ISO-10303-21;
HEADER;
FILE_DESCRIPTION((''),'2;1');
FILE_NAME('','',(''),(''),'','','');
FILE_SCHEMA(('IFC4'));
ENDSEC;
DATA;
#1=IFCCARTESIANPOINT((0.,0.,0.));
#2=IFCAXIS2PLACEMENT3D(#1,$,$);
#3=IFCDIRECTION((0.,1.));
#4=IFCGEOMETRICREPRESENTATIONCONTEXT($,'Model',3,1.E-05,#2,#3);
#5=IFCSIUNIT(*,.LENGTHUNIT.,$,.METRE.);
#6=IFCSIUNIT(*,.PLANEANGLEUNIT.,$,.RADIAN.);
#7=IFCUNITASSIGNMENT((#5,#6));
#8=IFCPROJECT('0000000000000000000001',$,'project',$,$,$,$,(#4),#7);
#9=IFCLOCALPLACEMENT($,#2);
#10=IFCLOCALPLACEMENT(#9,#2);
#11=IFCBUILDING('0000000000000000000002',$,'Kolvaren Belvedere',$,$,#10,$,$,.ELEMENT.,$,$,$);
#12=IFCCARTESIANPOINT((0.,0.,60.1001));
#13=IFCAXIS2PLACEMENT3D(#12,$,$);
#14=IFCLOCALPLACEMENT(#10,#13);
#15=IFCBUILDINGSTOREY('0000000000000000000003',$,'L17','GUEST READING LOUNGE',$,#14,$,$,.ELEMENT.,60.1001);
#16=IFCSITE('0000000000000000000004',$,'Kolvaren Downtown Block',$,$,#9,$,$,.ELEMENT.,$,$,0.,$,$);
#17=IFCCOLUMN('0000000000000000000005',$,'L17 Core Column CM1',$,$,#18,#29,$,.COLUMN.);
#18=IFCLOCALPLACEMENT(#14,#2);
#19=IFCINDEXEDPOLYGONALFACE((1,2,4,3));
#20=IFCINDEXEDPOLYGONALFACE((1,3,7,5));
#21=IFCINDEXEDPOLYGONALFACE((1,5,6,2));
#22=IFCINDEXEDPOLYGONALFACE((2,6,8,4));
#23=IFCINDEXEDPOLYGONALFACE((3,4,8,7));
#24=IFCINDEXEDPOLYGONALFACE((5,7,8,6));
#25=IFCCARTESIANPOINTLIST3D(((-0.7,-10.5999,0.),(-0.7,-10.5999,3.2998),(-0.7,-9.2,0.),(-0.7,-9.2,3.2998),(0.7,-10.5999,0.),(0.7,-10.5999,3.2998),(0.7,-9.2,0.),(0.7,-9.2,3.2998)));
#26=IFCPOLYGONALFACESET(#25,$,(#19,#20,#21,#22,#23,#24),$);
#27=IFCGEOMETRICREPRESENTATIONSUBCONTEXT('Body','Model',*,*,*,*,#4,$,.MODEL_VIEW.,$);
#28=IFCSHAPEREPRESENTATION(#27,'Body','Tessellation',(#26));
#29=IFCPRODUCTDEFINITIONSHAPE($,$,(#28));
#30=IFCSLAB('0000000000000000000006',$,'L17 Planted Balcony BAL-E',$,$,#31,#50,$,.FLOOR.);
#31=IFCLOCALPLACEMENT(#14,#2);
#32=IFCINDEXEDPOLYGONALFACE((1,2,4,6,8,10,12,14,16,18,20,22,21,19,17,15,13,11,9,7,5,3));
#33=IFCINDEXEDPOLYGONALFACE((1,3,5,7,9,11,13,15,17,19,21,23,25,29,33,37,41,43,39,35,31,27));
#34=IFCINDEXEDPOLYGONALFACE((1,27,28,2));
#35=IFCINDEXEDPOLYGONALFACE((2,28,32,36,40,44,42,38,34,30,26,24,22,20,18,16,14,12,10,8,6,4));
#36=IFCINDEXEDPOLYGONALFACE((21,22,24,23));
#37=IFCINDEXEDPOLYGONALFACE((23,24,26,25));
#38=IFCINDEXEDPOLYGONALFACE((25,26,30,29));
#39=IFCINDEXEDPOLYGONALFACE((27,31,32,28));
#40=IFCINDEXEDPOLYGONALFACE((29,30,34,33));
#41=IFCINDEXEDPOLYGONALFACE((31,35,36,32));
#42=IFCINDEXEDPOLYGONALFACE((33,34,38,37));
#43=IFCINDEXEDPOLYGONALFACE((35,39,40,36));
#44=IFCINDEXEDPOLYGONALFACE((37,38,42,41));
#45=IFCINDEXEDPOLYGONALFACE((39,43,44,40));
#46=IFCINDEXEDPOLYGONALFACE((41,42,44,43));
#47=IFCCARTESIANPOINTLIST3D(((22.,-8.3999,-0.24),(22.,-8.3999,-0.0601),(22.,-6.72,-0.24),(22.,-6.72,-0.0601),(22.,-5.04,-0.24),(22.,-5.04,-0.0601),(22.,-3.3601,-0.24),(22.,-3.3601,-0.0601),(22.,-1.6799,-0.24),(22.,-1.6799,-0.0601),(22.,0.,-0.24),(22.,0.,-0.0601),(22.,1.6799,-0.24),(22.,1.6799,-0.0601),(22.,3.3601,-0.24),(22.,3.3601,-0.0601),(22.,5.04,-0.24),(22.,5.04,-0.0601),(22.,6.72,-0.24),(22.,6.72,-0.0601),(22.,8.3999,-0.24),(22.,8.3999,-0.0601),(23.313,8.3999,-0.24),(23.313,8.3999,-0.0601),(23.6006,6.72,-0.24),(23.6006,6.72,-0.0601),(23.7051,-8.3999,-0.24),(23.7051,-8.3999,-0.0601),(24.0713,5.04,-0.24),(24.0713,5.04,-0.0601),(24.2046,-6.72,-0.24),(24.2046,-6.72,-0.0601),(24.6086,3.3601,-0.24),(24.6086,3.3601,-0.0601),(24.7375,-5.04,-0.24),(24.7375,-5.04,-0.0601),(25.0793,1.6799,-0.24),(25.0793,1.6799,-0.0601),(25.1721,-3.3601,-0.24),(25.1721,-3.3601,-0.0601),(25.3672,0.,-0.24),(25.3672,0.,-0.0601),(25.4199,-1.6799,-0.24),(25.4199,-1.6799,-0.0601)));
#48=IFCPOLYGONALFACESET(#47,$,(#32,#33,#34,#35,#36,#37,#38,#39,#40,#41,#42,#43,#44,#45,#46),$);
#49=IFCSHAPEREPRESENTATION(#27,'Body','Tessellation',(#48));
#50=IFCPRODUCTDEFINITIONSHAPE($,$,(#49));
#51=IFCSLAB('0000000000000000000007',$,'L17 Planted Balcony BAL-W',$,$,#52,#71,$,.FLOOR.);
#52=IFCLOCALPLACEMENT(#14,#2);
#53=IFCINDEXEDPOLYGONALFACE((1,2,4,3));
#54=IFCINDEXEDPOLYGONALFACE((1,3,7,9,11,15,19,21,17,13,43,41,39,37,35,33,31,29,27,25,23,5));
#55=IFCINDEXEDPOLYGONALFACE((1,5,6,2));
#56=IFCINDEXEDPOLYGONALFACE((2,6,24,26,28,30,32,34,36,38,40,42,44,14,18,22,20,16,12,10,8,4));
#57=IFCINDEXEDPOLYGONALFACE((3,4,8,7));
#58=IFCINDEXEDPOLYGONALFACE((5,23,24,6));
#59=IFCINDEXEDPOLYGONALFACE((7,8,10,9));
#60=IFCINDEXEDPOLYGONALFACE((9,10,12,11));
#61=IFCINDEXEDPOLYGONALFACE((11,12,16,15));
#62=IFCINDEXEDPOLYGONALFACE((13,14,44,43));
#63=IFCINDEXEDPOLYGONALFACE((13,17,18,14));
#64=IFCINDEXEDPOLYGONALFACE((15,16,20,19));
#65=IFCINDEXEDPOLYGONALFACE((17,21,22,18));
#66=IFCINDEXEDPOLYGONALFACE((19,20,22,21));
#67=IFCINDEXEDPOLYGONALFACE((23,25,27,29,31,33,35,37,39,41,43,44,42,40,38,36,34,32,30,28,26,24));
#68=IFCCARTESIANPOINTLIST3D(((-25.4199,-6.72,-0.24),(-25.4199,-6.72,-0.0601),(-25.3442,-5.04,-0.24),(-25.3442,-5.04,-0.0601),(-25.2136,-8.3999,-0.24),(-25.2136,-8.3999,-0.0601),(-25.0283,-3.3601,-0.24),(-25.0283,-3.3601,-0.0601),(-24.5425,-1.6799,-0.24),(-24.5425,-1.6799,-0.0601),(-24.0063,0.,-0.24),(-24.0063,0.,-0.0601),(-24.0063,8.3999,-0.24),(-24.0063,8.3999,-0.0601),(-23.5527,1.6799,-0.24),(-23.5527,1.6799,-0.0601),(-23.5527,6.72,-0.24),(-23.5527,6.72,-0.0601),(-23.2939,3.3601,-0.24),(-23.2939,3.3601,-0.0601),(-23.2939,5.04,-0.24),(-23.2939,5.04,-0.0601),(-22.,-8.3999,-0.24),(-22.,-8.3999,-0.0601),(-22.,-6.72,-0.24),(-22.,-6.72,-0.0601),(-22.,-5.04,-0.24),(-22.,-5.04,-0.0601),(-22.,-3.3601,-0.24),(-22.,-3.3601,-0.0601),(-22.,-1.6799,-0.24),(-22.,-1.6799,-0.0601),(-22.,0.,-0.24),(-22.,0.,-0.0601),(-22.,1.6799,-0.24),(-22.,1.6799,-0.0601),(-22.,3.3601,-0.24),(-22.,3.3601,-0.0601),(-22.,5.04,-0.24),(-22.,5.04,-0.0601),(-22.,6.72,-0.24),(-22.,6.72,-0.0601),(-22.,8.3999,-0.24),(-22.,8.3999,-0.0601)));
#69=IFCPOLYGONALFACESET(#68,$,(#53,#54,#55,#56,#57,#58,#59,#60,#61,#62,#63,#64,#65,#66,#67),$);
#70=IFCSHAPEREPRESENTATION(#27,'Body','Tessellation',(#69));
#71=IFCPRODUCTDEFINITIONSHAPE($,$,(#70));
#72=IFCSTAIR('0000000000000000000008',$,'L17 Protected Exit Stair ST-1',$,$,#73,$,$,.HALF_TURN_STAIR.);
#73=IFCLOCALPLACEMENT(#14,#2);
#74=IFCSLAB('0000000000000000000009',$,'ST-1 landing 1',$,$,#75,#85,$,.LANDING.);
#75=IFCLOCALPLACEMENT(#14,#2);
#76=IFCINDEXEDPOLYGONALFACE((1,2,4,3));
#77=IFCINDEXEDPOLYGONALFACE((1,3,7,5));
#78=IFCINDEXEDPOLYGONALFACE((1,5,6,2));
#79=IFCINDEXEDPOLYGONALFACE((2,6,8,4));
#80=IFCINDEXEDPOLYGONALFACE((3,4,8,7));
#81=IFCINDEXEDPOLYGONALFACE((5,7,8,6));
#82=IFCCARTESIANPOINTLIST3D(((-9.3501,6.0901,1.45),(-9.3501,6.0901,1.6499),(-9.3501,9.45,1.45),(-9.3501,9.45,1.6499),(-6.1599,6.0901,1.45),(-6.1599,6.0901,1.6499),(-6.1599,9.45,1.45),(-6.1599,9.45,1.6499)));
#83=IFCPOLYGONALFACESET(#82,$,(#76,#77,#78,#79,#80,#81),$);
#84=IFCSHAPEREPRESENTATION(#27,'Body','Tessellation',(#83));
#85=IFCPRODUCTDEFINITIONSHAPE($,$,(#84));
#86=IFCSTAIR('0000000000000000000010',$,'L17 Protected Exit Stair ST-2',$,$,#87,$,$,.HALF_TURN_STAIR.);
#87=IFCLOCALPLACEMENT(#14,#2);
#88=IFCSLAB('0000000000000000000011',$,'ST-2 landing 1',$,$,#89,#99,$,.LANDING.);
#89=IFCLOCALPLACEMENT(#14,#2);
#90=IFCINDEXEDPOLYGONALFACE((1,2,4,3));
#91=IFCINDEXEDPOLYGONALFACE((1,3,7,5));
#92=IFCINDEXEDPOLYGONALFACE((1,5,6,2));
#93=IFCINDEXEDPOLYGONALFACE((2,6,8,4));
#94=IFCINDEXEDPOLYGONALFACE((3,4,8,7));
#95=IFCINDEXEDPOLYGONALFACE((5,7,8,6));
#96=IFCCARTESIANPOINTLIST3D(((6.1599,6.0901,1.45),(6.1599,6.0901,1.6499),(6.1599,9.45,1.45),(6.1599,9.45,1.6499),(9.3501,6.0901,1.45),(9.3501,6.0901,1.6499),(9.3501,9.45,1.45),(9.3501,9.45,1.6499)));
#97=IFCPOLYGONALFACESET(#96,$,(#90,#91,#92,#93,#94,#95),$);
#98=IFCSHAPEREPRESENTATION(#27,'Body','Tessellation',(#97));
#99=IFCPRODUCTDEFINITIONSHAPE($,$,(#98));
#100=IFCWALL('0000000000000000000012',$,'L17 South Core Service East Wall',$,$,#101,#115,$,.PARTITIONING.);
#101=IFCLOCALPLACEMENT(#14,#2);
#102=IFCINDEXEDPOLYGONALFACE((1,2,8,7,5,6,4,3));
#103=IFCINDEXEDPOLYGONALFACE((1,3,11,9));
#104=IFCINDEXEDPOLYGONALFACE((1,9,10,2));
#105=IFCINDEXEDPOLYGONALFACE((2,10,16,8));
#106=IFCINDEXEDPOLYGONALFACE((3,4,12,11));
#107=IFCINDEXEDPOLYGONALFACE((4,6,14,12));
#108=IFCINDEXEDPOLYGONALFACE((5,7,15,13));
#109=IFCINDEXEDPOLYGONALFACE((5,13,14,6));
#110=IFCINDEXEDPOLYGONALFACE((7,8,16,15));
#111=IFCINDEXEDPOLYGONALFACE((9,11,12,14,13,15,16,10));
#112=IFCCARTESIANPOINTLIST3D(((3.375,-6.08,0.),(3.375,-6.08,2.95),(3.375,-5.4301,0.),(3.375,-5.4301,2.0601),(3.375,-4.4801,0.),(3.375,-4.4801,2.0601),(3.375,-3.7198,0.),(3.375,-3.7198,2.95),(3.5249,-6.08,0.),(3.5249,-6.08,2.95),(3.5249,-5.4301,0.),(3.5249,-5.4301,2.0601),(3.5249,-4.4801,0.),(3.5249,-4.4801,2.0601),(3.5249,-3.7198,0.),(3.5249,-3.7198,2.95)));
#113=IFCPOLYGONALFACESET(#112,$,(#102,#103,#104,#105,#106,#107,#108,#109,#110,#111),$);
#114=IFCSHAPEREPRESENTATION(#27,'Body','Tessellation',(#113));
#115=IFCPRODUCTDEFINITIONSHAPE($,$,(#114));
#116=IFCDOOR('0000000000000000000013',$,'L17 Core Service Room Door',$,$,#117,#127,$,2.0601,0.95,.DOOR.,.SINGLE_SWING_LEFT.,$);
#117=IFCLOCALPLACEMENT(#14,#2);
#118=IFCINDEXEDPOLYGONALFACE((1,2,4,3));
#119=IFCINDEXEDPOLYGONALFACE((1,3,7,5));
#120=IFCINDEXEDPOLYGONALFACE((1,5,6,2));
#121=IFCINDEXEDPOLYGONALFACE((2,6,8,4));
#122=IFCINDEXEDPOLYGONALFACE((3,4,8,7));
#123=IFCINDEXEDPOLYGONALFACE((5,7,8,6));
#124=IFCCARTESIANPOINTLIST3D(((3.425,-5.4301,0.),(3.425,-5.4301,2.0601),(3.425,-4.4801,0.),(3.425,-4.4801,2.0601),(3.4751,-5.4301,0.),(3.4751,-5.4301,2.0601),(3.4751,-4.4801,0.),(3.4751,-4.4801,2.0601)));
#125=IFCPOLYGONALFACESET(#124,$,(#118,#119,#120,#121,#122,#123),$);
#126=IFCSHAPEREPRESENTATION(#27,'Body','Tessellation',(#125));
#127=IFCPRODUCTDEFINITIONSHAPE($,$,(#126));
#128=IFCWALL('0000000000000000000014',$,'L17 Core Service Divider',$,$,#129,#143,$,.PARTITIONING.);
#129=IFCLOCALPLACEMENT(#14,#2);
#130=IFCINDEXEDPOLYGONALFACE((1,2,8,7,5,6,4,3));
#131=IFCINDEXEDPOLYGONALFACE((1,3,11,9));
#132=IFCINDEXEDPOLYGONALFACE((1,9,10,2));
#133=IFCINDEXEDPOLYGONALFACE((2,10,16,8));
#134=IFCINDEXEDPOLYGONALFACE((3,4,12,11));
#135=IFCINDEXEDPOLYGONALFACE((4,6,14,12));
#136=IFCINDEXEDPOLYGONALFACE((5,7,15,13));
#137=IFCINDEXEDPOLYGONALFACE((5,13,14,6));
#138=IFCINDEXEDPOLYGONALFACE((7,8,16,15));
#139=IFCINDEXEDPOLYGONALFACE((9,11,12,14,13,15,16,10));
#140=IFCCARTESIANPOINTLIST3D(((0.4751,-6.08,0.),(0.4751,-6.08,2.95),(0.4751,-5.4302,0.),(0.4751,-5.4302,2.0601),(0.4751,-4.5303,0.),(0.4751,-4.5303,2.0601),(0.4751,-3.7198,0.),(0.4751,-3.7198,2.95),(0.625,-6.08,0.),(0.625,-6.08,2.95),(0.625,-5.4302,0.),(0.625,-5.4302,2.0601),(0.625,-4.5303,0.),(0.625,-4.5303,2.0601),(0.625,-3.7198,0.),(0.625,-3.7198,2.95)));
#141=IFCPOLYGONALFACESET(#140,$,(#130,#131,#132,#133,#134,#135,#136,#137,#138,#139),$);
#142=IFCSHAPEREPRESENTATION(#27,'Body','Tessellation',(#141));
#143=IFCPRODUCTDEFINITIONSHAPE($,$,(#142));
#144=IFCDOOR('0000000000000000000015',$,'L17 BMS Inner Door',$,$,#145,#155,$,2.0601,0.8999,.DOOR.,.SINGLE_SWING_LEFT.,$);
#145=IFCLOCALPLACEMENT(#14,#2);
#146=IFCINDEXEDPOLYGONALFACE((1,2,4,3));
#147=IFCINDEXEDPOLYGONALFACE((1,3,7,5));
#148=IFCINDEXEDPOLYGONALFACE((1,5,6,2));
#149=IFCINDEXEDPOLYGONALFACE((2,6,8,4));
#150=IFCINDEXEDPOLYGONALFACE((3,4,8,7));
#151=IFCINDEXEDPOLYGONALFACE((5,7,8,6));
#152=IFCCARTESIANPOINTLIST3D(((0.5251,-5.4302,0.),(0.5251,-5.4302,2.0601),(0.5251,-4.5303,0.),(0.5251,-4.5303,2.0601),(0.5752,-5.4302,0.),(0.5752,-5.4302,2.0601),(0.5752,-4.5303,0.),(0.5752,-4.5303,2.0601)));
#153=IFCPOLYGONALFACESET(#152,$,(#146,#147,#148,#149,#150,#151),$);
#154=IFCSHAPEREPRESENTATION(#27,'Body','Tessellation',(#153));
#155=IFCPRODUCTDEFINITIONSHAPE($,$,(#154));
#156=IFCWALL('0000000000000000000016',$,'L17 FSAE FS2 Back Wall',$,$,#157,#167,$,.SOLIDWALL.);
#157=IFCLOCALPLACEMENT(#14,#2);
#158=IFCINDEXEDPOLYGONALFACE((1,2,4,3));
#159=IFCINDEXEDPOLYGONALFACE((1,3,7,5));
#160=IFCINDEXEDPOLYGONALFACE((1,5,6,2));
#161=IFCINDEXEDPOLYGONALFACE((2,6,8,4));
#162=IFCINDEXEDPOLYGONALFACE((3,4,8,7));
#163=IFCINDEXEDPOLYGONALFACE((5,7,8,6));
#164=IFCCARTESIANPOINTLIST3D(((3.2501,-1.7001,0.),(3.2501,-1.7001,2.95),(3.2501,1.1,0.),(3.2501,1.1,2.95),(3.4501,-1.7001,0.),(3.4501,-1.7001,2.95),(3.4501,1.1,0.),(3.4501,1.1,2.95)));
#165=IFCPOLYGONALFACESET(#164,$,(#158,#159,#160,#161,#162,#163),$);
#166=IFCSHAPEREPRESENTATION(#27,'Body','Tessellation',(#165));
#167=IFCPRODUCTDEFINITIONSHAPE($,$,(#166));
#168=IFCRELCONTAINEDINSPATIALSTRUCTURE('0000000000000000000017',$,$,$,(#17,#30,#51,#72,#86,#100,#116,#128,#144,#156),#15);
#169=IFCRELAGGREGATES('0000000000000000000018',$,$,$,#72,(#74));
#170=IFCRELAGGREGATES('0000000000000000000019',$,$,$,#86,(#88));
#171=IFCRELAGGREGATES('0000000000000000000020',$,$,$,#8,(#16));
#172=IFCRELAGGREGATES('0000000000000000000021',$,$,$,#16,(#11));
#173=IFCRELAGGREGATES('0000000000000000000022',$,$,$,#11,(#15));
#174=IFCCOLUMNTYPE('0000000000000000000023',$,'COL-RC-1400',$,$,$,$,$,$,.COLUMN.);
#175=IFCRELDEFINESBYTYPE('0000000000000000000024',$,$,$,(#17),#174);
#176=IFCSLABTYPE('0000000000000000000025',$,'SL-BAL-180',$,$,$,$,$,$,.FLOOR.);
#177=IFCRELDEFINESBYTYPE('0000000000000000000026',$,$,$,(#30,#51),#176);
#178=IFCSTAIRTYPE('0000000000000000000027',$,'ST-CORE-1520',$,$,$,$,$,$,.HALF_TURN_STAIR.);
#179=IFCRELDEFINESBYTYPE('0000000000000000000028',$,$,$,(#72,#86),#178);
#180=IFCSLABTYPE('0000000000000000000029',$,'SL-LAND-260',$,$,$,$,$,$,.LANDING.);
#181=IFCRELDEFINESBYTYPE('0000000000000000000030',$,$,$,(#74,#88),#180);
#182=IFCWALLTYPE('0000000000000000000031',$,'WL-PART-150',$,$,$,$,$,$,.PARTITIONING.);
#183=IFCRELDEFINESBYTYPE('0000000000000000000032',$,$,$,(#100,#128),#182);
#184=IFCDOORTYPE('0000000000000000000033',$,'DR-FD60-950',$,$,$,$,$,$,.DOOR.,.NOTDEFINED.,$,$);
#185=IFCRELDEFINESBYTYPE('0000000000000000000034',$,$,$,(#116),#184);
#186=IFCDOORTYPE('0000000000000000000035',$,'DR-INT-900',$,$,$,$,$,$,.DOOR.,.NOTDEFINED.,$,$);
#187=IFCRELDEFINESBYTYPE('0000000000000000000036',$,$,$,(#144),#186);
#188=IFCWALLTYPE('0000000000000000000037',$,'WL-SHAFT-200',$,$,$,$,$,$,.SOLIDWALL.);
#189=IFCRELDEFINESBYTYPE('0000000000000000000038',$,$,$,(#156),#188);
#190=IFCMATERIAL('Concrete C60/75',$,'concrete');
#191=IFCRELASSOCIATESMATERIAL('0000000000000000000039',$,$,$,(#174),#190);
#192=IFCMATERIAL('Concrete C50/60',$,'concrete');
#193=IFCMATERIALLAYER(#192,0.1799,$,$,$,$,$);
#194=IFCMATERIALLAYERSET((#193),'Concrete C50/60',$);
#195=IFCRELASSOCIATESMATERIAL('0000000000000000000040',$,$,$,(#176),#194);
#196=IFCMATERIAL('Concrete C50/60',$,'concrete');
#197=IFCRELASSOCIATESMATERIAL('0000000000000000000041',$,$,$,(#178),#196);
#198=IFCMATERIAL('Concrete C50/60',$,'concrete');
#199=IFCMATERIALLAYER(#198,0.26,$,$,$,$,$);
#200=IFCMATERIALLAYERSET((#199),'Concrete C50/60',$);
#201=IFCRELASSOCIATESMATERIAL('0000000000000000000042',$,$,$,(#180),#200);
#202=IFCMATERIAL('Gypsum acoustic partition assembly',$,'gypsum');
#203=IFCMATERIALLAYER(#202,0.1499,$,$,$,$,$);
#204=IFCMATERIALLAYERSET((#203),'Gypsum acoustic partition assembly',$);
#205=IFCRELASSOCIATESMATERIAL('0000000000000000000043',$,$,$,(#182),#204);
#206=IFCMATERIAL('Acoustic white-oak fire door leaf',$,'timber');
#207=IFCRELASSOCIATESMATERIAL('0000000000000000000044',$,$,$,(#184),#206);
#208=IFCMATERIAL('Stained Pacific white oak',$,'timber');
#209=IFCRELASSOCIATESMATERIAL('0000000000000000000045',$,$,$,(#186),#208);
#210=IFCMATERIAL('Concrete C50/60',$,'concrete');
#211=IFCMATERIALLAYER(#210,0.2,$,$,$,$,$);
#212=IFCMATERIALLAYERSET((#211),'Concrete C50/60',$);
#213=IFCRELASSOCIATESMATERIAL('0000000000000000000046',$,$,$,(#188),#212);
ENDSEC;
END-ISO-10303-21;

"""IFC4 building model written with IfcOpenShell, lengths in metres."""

from ifc_helpers import new_model, si_unit, direction, frame, frame_2d, origin, origin_2d, place, context, subcontext, project, spatial, polyline, rectangle, outline, extrude, material, layer, layer_set, material_profile, profile_set, type_object, element, fill, aggregate, save


model = new_model("IFC4")

# Units and contexts
model_context = context("Model", 3, precision=1e-05, world=origin(), true_north=direction((0.0, 1.0)))
body_context = subcontext(model_context, "Body", "Model", "MODEL_VIEW")
ifc_project = project(units=[si_unit("LENGTHUNIT", "METRE"), si_unit("PLANEANGLEUNIT", "RADIAN")], contexts=[model_context])

# Site, building, storey
site_placement = place(None, origin())
site = spatial("IfcSite", under=ifc_project, at=site_placement, Name="Kolvaren Downtown Block", CompositionType="ELEMENT", RefElevation=0.0)
building_placement = place(site_placement, origin())
building = spatial("IfcBuilding", under=site, at=building_placement, Name="Kolvaren Belvedere", CompositionType="ELEMENT")
storey_placement = place(building_placement, frame((0.0, 0.0, 60.1001)))
storey = spatial("IfcBuildingStorey", under=building, at=storey_placement, Name="L17", Description="GUEST READING LOUNGE", CompositionType="ELEMENT", Elevation=60.1001)

# Column
ifc_material_1 = material(Name="Concrete C60/75", Category="concrete")
ifc_material_profile = material_profile(ifc_material_1, rectangle(XDim=1.3999, YDim=1.3999, at=origin_2d()), Name="RC 1400X1400")
ifc_profile_set = profile_set([ifc_material_profile], Name="Concrete C60/75")
column_type = type_object("IfcColumnType", Name="COL-RC-1400", PredefinedType="COLUMN", material=ifc_profile_set)
column_placement = place(storey_placement, frame((0.0, -9.8999, 0.0), z_axis=(0.0, 0.0, 1.0), x_axis=(1.0, 0.0, 0.0)))
element("IfcColumn", 1, at=column_placement, inside=storey, type_object=column_type, Name="L17 Core Column CM1", PredefinedType="COLUMN", context=body_context, shape_type="SweptSolid", body=[
    extrude(rectangle(XDim=1.3999, YDim=1.3999, at=origin_2d()), origin(), (0.0, 0.0, 1.0), 3.2998),
])

# Slabs
ifc_material_2 = material(Name="Concrete C50/60", Category="concrete")
ifc_layer_1 = layer(ifc_material_2, 0.1799)
ifc_layer_set_1 = layer_set([ifc_layer_1], Name="Concrete C50/60")
slab_type_1 = type_object("IfcSlabType", Name="SL-BAL-180", PredefinedType="FLOOR", material=ifc_layer_set_1)
slab_1_placement = place(storey_placement, frame((0.0, 0.0, -0.24)))
element("IfcSlab", 2, at=slab_1_placement, inside=storey, type_object=slab_type_1, Name="L17 Planted Balcony BAL-E", PredefinedType="FLOOR", context=body_context, shape_type="SweptSolid", body=[
    extrude(outline(polyline([(23.7051, -8.3999), (24.2046, -6.72), (24.7375, -5.04), (25.1721, -3.3601), (25.4199, -1.6799), (25.3672, 0.0), (25.0793, 1.6799), (24.6086, 3.3601), (24.0713, 5.04), (23.6006, 6.72), (23.313, 8.3999), (22.0, 8.3999), (22.0, 6.72), (22.0, 5.04), (22.0, 3.3601), (22.0, 1.6799), (22.0, 0.0), (22.0, -1.6799), (22.0, -3.3601), (22.0, -5.04), (22.0, -6.72), (22.0, -8.3999), (23.7051, -8.3999)])), origin(), (0.0, 0.0, 1.0), 0.1799),
])
slab_2_placement = place(storey_placement, frame((0.0, 0.0, -0.24)))
element("IfcSlab", 3, at=slab_2_placement, inside=storey, type_object=slab_type_1, Name="L17 Planted Balcony BAL-W", PredefinedType="FLOOR", context=body_context, shape_type="SweptSolid", body=[
    extrude(outline(polyline([(-24.0063, 8.3999), (-23.5527, 6.72), (-23.2939, 5.04), (-23.2939, 3.3601), (-23.5527, 1.6799), (-24.0063, 0.0), (-24.5425, -1.6799), (-25.0283, -3.3601), (-25.3442, -5.04), (-25.4199, -6.72), (-25.2136, -8.3999), (-22.0, -8.3999), (-22.0, -6.72), (-22.0, -5.04), (-22.0, -3.3601), (-22.0, -1.6799), (-22.0, 0.0), (-22.0, 1.6799), (-22.0, 3.3601), (-22.0, 5.04), (-22.0, 6.72), (-22.0, 8.3999), (-24.0063, 8.3999)])), origin(), (0.0, 0.0, 1.0), 0.1799),
])

# Stairs, slabs
ifc_material_3 = material(Name="Concrete C50/60", Category="concrete")
stair_type = type_object("IfcStairType", Name="ST-CORE-1520", PredefinedType="HALF_TURN_STAIR", material=ifc_material_3)
stair_1_placement = place(storey_placement, origin())
stair_1 = element("IfcStair", 4, at=stair_1_placement, inside=storey, type_object=stair_type, Name="L17 Protected Exit Stair ST-1", PredefinedType="HALF_TURN_STAIR")
ifc_material_4 = material(Name="Concrete C50/60", Category="concrete")
ifc_layer_2 = layer(ifc_material_4, 0.26)
ifc_layer_set_2 = layer_set([ifc_layer_2], Name="Concrete C50/60")
slab_type_2 = type_object("IfcSlabType", Name="SL-LAND-260", PredefinedType="LANDING", material=ifc_layer_set_2)
slab_3_placement = place(storey_placement, frame((0.0, 0.0, 1.45)))
slab_3 = element("IfcSlab", 5, at=slab_3_placement, type_object=slab_type_2, Name="ST-1 landing 1", PredefinedType="LANDING", context=body_context, shape_type="SweptSolid", body=[
    extrude(outline(polyline([(-6.1599, 6.0901), (-6.1599, 9.45), (-9.3501, 9.45), (-9.3501, 6.0901), (-6.1599, 6.0901)])), origin(), (0.0, 0.0, 1.0), 0.2),
])
aggregate(stair_1, [slab_3])
stair_2_placement = place(storey_placement, origin())
stair_2 = element("IfcStair", 6, at=stair_2_placement, inside=storey, type_object=stair_type, Name="L17 Protected Exit Stair ST-2", PredefinedType="HALF_TURN_STAIR")
slab_4_placement = place(storey_placement, frame((0.0, 0.0, 1.45)))
slab_4 = element("IfcSlab", 7, at=slab_4_placement, type_object=slab_type_2, Name="ST-2 landing 1", PredefinedType="LANDING", context=body_context, shape_type="SweptSolid", body=[
    extrude(outline(polyline([(9.3501, 6.0901), (9.3501, 9.45), (6.1599, 9.45), (6.1599, 6.0901), (9.3501, 6.0901)])), origin(), (0.0, 0.0, 1.0), 0.2),
])
aggregate(stair_2, [slab_4])

# Walls, openings, doors
ifc_material_5 = material(Name="Gypsum acoustic partition assembly", Category="gypsum")
ifc_layer_3 = layer(ifc_material_5, 0.1499)
ifc_layer_set_3 = layer_set([ifc_layer_3], Name="Gypsum acoustic partition assembly")
wall_type_1 = type_object("IfcWallType", Name="WL-PART-150", PredefinedType="PARTITIONING", material=ifc_layer_set_3)
wall_1_placement = place(storey_placement, frame((3.45, -6.0801, 0.0), z_axis=(0.0, 0.0, 1.0), x_axis=(0.0, 1.0, 0.0)))
wall_1 = element("IfcWall", 8, at=wall_1_placement, inside=storey, type_object=wall_type_1, Name="L17 South Core Service East Wall", PredefinedType="PARTITIONING", context=body_context, shape_type="SweptSolid", body=[
    extrude(rectangle(XDim=2.3601, YDim=0.1499, at=frame_2d((1.1802, 0.0))), origin(), (0.0, 0.0, 1.0), 2.95),
])
opening_1_placement = place(wall_1_placement, frame((0.6499, 0.0, 0.0)))
opening_1 = element("IfcOpeningElement", 9, at=opening_1_placement, cuts=wall_1, PredefinedType="OPENING", context=body_context, shape_type="SweptSolid", body=[
    extrude(rectangle(XDim=0.95, YDim=2.0601, at=frame_2d((0.4751, 1.03))), frame((0.0, 0.085, 0.0), z_axis=(0.0, -1.0, 0.0), x_axis=(1.0, 0.0, 0.0)), (0.0, 0.0, 1.0), 0.1699),
])
ifc_material_6 = material(Name="Acoustic white-oak fire door leaf", Category="timber")
door_type_1 = type_object("IfcDoorType", Name="DR-FD60-950", OperationType="NOTDEFINED", PredefinedType="DOOR", material=ifc_material_6)
door_1_placement = place(opening_1_placement, origin())
door_1 = element("IfcDoor", 10, at=door_1_placement, inside=storey, type_object=door_type_1, Name="L17 Core Service Room Door", OperationType="SINGLE_SWING_LEFT", OverallHeight=2.0601, OverallWidth=0.95, PredefinedType="DOOR", context=body_context, shape_type="SweptSolid", body=[
    extrude(rectangle(XDim=0.95, YDim=2.0601, at=frame_2d((0.4751, 1.03))), frame((0.0, 0.0249, 0.0), z_axis=(0.0, -1.0, 0.0), x_axis=(1.0, 0.0, 0.0)), (0.0, 0.0, 1.0), 0.05),
])
fill(opening_1, door_1)
wall_2_placement = place(storey_placement, frame((0.55, -6.0801, 0.0), z_axis=(0.0, 0.0, 1.0), x_axis=(0.0, 1.0, 0.0)))
wall_2 = element("IfcWall", 11, at=wall_2_placement, inside=storey, type_object=wall_type_1, Name="L17 Core Service Divider", PredefinedType="PARTITIONING", context=body_context, shape_type="SweptSolid", body=[
    extrude(rectangle(XDim=2.3601, YDim=0.1499, at=frame_2d((1.1802, 0.0))), origin(), (0.0, 0.0, 1.0), 2.95),
])
opening_2_placement = place(wall_2_placement, frame((0.6499, 0.0, 0.0)))
opening_2 = element("IfcOpeningElement", 12, at=opening_2_placement, cuts=wall_2, PredefinedType="OPENING", context=body_context, shape_type="SweptSolid", body=[
    extrude(rectangle(XDim=0.8999, YDim=2.0601, at=frame_2d((0.45, 1.03))), frame((0.0, 0.085, 0.0), z_axis=(0.0, -1.0, 0.0), x_axis=(1.0, 0.0, 0.0)), (0.0, 0.0, 1.0), 0.1699),
])
ifc_material_7 = material(Name="Stained Pacific white oak", Category="timber")
door_type_2 = type_object("IfcDoorType", Name="DR-INT-900", OperationType="NOTDEFINED", PredefinedType="DOOR", material=ifc_material_7)
door_2_placement = place(opening_2_placement, origin())
door_2 = element("IfcDoor", 13, at=door_2_placement, inside=storey, type_object=door_type_2, Name="L17 BMS Inner Door", OperationType="SINGLE_SWING_LEFT", OverallHeight=2.0601, OverallWidth=0.8999, PredefinedType="DOOR", context=body_context, shape_type="SweptSolid", body=[
    extrude(rectangle(XDim=0.8999, YDim=2.0601, at=frame_2d((0.45, 1.03))), frame((0.0, 0.0249, 0.0), z_axis=(0.0, -1.0, 0.0), x_axis=(1.0, 0.0, 0.0)), (0.0, 0.0, 1.0), 0.05),
])
fill(opening_2, door_2)

# Wall
ifc_material_8 = material(Name="Concrete C50/60", Category="concrete")
ifc_layer_4 = layer(ifc_material_8, 0.2)
ifc_layer_set_4 = layer_set([ifc_layer_4], Name="Concrete C50/60")
wall_type_2 = type_object("IfcWallType", Name="WL-SHAFT-200", PredefinedType="SOLIDWALL", material=ifc_layer_set_4)
wall_3_placement = place(storey_placement, frame((3.3501, -1.7, 0.0), z_axis=(0.0, 0.0, 1.0), x_axis=(0.0, 1.0, 0.0)))
element("IfcWall", 14, at=wall_3_placement, inside=storey, type_object=wall_type_2, Name="L17 FSAE FS2 Back Wall", PredefinedType="SOLIDWALL", context=body_context, shape_type="SweptSolid", body=[
    extrude(rectangle(XDim=2.8, YDim=0.2, at=frame_2d((1.3999, 0.0))), origin(), (0.0, 0.0, 1.0), 2.95),
])

save(model, "model.ifc")
